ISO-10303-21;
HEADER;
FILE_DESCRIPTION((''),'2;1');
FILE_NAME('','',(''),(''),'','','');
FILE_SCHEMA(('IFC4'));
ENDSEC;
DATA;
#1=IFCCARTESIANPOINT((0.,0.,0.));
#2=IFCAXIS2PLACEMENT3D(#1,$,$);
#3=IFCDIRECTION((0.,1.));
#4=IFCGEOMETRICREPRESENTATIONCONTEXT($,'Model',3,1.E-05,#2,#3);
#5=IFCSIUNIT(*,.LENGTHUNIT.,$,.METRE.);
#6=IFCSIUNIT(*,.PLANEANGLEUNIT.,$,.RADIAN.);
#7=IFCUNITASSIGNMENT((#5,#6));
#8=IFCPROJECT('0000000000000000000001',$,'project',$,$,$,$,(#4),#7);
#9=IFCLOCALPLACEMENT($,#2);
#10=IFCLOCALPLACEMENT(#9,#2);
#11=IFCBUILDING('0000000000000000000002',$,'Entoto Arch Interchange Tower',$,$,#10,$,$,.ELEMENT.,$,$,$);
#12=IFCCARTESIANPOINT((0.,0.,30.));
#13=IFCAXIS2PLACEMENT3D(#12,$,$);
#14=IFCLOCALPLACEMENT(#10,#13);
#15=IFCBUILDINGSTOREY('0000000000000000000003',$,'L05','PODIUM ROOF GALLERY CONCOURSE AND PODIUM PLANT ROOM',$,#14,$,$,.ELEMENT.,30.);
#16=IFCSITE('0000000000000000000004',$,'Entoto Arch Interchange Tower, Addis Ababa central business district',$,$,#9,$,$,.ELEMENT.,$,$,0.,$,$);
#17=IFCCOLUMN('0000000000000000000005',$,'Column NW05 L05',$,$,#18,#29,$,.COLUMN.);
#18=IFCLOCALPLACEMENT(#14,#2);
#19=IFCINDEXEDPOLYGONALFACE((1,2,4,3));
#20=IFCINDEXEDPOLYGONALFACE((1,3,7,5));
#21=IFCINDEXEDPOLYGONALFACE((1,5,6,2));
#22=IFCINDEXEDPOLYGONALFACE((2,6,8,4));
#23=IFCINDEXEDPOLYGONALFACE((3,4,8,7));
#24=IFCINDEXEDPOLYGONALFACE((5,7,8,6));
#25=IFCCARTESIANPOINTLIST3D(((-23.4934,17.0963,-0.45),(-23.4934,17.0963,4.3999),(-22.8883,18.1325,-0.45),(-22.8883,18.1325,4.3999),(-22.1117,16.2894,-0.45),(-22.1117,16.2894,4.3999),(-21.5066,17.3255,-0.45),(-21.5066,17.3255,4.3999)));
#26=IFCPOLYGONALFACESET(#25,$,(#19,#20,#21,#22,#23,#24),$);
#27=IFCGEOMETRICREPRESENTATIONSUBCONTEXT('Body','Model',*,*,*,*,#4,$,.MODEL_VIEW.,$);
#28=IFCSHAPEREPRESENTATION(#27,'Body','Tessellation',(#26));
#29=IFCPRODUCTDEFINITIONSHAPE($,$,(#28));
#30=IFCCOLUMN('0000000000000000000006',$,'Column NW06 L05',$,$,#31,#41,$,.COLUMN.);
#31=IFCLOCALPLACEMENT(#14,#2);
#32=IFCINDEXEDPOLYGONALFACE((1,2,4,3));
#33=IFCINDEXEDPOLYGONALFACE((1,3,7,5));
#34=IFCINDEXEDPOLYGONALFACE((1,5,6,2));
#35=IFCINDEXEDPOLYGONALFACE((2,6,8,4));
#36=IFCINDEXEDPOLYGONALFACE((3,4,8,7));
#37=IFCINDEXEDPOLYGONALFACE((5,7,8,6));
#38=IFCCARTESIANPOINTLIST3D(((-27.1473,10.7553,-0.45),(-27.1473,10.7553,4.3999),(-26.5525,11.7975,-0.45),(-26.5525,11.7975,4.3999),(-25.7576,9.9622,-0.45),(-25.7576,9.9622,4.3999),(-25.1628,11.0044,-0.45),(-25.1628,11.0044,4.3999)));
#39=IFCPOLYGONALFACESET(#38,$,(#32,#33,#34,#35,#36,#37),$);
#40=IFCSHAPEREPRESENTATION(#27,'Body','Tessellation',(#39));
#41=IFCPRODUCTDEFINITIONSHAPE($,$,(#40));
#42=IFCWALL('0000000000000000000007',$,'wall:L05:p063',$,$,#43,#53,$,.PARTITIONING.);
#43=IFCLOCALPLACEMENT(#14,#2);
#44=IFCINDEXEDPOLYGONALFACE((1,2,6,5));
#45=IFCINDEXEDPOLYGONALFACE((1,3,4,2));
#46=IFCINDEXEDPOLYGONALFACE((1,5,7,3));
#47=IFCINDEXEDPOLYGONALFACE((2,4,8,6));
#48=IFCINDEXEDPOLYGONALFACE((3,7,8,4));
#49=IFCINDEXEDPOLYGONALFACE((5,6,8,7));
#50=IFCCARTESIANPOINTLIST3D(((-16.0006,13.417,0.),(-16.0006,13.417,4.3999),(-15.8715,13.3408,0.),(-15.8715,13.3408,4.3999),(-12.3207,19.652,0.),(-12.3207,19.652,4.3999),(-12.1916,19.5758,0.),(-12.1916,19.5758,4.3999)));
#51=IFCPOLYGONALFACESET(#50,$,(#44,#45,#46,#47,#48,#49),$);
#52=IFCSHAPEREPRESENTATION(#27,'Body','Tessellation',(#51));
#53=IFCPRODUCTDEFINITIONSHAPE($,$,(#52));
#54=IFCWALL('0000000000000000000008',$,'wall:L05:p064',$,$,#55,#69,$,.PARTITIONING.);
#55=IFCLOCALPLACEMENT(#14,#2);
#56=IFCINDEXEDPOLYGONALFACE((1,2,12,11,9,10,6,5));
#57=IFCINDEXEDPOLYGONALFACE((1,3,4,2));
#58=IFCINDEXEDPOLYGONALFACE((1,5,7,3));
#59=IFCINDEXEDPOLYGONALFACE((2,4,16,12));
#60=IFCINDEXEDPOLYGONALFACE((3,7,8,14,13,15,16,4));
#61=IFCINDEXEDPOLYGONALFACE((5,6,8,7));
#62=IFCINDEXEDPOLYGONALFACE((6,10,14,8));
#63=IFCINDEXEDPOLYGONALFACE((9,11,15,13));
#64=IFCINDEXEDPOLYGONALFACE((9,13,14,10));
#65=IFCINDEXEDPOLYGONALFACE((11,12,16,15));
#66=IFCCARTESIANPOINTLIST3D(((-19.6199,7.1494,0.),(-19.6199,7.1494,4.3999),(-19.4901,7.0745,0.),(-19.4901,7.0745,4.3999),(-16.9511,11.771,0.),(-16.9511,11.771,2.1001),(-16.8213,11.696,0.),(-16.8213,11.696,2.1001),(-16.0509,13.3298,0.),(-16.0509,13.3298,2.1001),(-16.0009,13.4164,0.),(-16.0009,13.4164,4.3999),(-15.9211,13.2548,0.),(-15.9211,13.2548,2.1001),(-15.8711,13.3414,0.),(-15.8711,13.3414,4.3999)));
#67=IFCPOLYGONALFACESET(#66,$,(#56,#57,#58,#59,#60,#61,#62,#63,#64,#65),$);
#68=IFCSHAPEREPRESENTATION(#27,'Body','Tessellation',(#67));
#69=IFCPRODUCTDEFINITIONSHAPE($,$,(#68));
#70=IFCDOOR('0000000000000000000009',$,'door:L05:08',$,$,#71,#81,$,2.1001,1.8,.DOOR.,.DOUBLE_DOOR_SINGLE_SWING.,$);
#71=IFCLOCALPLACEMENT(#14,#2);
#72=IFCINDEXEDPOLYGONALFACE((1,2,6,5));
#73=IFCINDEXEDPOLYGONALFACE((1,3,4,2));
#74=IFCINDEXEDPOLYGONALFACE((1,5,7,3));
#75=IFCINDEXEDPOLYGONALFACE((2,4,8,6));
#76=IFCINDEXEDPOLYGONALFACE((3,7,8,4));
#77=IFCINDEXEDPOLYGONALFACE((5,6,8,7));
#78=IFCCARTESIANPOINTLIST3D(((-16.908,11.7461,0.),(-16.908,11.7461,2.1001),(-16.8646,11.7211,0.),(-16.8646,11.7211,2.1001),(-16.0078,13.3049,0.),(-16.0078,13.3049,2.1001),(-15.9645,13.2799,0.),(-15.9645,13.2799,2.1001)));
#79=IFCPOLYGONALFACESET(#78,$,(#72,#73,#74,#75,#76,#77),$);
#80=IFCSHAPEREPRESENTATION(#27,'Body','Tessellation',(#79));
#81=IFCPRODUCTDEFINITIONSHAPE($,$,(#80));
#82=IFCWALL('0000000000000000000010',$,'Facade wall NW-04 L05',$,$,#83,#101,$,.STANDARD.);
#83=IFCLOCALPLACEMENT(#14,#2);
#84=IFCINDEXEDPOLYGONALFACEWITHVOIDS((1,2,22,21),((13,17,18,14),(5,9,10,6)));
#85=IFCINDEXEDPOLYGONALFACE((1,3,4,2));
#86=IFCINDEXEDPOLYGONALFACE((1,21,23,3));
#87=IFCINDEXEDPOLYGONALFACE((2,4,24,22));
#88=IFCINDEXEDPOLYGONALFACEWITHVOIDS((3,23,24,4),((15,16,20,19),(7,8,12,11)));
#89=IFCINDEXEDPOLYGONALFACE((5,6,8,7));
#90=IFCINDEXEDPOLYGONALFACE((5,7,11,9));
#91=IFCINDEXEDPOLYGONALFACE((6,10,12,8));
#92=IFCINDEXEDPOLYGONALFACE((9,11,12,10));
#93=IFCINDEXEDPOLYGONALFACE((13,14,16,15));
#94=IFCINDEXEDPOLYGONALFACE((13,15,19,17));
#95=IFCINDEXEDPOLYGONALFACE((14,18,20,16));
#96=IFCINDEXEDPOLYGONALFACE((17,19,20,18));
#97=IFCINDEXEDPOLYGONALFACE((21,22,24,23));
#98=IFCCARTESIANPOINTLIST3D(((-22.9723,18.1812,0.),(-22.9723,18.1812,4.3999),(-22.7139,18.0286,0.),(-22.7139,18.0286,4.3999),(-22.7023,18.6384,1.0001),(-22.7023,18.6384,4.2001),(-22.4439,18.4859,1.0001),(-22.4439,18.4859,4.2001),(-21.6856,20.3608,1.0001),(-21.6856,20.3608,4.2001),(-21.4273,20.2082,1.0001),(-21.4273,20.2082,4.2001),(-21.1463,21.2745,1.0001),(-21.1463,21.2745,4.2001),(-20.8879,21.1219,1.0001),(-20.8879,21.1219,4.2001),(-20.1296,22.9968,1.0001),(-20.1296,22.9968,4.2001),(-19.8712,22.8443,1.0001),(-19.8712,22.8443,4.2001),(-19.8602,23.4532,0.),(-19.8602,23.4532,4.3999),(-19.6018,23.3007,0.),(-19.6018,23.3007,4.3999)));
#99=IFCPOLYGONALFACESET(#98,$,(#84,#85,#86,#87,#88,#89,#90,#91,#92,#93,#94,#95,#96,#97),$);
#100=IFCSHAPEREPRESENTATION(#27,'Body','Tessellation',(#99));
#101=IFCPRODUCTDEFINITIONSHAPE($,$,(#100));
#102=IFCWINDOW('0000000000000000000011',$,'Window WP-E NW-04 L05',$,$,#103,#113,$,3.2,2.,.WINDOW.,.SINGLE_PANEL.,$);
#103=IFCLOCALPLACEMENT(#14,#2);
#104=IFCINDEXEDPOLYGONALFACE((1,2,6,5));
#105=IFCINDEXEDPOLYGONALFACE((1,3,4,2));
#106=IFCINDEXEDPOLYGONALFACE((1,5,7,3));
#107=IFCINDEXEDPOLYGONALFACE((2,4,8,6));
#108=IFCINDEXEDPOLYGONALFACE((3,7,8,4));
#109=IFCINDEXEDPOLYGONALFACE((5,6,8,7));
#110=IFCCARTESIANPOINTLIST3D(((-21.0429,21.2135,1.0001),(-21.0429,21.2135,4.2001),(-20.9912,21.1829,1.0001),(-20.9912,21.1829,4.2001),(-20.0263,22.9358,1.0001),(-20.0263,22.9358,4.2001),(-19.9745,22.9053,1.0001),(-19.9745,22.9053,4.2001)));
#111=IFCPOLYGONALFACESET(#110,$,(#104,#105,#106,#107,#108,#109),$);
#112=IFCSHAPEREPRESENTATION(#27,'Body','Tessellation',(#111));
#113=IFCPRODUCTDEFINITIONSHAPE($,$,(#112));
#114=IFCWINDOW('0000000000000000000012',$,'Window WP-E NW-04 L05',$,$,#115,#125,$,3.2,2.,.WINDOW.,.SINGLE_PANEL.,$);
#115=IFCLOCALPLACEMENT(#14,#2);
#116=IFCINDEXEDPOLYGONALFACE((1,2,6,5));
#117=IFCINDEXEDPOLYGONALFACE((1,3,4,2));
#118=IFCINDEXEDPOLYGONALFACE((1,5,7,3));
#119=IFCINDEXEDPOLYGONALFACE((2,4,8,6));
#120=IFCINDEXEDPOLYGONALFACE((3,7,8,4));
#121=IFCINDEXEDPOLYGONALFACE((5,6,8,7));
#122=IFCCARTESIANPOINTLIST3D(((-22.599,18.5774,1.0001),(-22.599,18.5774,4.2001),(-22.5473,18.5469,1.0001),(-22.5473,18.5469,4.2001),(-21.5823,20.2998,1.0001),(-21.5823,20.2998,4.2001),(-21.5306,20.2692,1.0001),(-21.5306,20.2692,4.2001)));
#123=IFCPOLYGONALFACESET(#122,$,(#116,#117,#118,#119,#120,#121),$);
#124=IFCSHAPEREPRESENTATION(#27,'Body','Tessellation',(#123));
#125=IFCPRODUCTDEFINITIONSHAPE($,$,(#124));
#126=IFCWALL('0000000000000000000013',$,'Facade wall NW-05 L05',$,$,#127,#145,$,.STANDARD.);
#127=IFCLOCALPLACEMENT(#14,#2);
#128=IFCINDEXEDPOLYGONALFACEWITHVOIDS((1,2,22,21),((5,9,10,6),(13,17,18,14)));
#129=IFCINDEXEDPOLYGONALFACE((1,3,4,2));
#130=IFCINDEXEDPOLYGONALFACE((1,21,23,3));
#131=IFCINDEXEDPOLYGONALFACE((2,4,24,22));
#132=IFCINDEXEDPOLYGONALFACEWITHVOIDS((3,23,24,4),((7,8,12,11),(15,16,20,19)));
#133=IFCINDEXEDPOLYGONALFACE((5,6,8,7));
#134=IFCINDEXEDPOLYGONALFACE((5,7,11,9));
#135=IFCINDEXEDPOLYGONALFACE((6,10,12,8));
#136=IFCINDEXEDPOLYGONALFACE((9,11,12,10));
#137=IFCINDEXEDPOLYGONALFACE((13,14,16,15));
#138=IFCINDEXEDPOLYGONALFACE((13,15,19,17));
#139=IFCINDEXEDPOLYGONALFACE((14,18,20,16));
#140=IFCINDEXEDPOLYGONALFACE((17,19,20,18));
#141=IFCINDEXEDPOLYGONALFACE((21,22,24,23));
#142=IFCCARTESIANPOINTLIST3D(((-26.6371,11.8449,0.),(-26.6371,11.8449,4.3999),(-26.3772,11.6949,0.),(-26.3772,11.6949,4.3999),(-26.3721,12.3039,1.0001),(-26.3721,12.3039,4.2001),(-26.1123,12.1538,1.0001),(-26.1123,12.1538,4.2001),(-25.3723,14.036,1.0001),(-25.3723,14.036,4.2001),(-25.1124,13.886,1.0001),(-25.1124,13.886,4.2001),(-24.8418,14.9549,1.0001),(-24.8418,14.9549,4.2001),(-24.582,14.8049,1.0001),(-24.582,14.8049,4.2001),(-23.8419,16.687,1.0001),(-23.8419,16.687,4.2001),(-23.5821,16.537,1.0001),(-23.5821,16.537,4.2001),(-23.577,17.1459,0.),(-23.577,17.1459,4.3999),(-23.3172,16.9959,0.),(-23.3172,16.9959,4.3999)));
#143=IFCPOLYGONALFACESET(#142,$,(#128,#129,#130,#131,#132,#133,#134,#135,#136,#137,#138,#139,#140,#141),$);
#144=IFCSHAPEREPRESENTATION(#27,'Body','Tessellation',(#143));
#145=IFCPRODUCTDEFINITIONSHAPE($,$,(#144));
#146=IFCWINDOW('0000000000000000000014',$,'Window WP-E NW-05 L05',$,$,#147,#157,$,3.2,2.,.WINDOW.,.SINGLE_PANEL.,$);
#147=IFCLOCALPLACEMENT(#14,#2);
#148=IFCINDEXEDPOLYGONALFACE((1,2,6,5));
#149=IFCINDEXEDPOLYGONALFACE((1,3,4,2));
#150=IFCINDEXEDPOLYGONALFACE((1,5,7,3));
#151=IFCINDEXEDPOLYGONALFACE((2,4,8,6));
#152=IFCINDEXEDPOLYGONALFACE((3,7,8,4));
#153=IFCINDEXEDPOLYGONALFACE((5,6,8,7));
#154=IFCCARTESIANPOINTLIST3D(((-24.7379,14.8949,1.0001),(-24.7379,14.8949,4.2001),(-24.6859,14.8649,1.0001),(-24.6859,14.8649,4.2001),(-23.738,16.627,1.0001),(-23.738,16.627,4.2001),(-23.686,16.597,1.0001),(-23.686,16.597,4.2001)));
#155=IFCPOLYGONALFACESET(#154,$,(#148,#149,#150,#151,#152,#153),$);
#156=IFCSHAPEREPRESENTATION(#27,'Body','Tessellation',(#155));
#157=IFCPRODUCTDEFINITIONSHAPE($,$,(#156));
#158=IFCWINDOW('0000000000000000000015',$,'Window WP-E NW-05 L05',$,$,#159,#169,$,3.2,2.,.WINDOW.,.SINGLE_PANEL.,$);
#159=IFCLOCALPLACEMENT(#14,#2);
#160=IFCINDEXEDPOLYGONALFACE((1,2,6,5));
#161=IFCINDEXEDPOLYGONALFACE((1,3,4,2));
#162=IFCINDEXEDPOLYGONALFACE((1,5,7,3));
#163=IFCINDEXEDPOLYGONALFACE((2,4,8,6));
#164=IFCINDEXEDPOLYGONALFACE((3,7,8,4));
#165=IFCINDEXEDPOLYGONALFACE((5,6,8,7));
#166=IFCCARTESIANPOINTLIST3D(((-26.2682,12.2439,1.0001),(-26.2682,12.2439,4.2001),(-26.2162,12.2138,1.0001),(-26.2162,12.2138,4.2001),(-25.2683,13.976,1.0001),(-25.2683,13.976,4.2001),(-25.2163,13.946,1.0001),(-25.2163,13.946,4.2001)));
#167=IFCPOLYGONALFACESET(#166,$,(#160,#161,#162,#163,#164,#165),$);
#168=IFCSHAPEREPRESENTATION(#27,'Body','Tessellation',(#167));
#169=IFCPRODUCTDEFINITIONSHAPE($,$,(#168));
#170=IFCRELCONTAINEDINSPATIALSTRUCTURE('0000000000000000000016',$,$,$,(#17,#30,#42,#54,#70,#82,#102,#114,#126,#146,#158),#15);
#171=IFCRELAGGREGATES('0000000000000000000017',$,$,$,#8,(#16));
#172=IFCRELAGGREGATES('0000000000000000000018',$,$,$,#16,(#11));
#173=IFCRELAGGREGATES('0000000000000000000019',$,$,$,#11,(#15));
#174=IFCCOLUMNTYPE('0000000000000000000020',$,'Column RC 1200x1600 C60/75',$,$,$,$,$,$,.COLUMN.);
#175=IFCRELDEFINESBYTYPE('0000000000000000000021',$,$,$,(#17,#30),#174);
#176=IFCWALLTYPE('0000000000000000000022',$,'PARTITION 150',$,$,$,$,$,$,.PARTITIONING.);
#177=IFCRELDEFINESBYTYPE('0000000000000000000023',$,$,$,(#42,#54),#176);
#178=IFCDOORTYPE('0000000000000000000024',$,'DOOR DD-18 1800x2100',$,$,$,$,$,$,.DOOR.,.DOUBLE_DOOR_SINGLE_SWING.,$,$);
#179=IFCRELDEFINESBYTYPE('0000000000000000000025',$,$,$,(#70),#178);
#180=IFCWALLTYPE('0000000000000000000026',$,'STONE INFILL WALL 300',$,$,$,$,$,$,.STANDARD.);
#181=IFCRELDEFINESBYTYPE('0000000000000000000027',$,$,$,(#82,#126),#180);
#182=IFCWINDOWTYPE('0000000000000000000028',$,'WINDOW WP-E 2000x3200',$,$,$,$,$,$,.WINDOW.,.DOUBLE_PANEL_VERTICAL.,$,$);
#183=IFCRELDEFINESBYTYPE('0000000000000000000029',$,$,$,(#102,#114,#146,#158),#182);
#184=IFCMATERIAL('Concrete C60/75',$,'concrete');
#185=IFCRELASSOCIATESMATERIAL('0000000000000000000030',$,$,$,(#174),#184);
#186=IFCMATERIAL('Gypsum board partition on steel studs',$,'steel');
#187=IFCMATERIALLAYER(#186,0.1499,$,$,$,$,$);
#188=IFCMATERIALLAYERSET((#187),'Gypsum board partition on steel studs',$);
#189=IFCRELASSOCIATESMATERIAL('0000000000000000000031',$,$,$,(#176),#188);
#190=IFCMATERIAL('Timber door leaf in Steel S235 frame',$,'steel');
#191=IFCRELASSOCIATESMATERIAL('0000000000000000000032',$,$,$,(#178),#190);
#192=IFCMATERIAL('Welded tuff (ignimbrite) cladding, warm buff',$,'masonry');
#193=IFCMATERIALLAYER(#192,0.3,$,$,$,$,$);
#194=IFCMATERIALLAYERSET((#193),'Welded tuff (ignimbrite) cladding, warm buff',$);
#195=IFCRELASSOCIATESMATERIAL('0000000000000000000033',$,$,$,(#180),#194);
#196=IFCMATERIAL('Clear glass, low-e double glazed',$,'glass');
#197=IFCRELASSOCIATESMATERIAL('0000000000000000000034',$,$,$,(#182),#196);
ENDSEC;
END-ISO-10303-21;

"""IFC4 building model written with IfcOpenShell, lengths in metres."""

from ifc_helpers import new_model, si_unit, direction, frame, frame_2d, origin, origin_2d, place, context, subcontext, project, spatial, rectangle, extrude, material, layer, layer_set, material_profile, profile_set, type_object, element, fill, save


model = new_model("IFC4")

# Units and contexts
model_context = context("Model", 3, precision=1e-05, world=origin(), true_north=direction((0.0, 1.0)))
body_context = subcontext(model_context, "Body", "Model", "MODEL_VIEW")
ifc_project = project(units=[si_unit("LENGTHUNIT", "METRE"), si_unit("PLANEANGLEUNIT", "RADIAN")], contexts=[model_context])

# Site, building, storey
site_placement = place(None, origin())
site = spatial("IfcSite", under=ifc_project, at=site_placement, Name="Entoto Arch Interchange Tower, Addis Ababa central business district", CompositionType="ELEMENT", RefElevation=0.0)
building_placement = place(site_placement, origin())
building = spatial("IfcBuilding", under=site, at=building_placement, Name="Entoto Arch Interchange Tower", CompositionType="ELEMENT")
storey_placement = place(building_placement, frame((0.0, 0.0, 30.0)))
storey = spatial("IfcBuildingStorey", under=building, at=storey_placement, Name="L05", Description="PODIUM ROOF GALLERY CONCOURSE AND PODIUM PLANT ROOM", CompositionType="ELEMENT", Elevation=30.0)

# Columns
ifc_material_1 = material(Name="Concrete C60/75", Category="concrete")
ifc_material_profile = material_profile(ifc_material_1, rectangle(XDim=1.2, YDim=1.6001, at=origin_2d()))
ifc_profile_set = profile_set([ifc_material_profile], Name="Concrete C60/75")
column_type = type_object("IfcColumnType", Name="Column RC 1200x1600 C60/75", PredefinedType="COLUMN", material=ifc_profile_set)
for number, where, z_axis, x_axis, name in (
    (1, (-22.5, 17.2109, -0.45), (0.0, 0.0, 1.0), (0.504332, 0.86351, 0.0), "Column NW05 L05"),
    (2, (-26.155, 10.8799, -0.45), (0.0, 0.0, 1.0), (0.495656, 0.868519, 0.0), "Column NW06 L05"),
):
    element("IfcColumn", number, at=place(storey_placement, frame(where, z_axis=z_axis, x_axis=x_axis)), inside=storey, type_object=column_type, Name=name, PredefinedType="COLUMN", context=body_context, shape_type="SweptSolid", body=[
        extrude(rectangle(XDim=1.2, YDim=1.6001, at=origin_2d()), origin(), (0.0, 0.0, 1.0), 4.8499),
    ])

# Wall
ifc_material_2 = material(Name="Gypsum board partition on steel studs", Category="steel")
ifc_layer_1 = layer(ifc_material_2, 0.1499)
ifc_layer_set_1 = layer_set([ifc_layer_1], Name="Gypsum board partition on steel studs")
wall_type_1 = type_object("IfcWallType", Name="PARTITION 150", PredefinedType="PARTITIONING", material=ifc_layer_set_1)
wall_1_placement = place(storey_placement, frame((-12.2561, 19.614, 0.0), z_axis=(0.0, 0.0, 1.0), x_axis=(-0.508274, -0.861196, 0.0)))
element("IfcWall", 3, at=wall_1_placement, inside=storey, type_object=wall_type_1, Name="wall:L05:p063", PredefinedType="PARTITIONING", context=body_context, shape_type="SweptSolid", body=[
    extrude(rectangle(XDim=7.24, YDim=0.1499, at=frame_2d((3.6201, 0.0))), origin(), (0.0, 0.0, 1.0), 4.3999),
])

# Wall, opening, door
wall_2_placement = place(storey_placement, frame((-15.936, 13.3789, 0.0), z_axis=(0.0, 0.0, 1.0), x_axis=(-0.500076, -0.865982, 0.0)))
wall_2 = element("IfcWall", 4, at=wall_2_placement, inside=storey, type_object=wall_type_1, Name="wall:L05:p064", PredefinedType="PARTITIONING", context=body_context, shape_type="SweptSolid", body=[
    extrude(rectangle(XDim=7.2368, YDim=0.1499, at=frame_2d((3.6184, 0.0))), origin(), (0.0, 0.0, 1.0), 4.3999),
])
opening_1_placement = place(wall_2_placement, frame((0.1001, 0.0, 0.0)))
opening_1 = element("IfcOpeningElement", 5, at=opening_1_placement, cuts=wall_2, PredefinedType="OPENING", context=body_context, shape_type="SweptSolid", body=[
    extrude(rectangle(XDim=1.8, YDim=2.1001, at=frame_2d((0.8999, 1.05))), frame((0.0, 0.085, 0.0), z_axis=(0.0, -1.0, 0.0), x_axis=(1.0, 0.0, 0.0)), (0.0, 0.0, 1.0), 0.1699),
])
ifc_material_3 = material(Name="Timber door leaf in Steel S235 frame", Category="steel")
door_type = type_object("IfcDoorType", Name="DOOR DD-18 1800x2100", OperationType="DOUBLE_DOOR_SINGLE_SWING", PredefinedType="DOOR", material=ifc_material_3)
door_placement = place(opening_1_placement, origin())
door = element("IfcDoor", 6, at=door_placement, inside=storey, type_object=door_type, Name="door:L05:08", OperationType="DOUBLE_DOOR_SINGLE_SWING", OverallHeight=2.1001, OverallWidth=1.8, PredefinedType="DOOR", context=body_context, shape_type="SweptSolid", body=[
    extrude(rectangle(XDim=1.8, YDim=2.1001, at=frame_2d((0.8999, 1.05))), frame((0.0, 0.0249, 0.0), z_axis=(0.0, -1.0, 0.0), x_axis=(1.0, 0.0, 0.0)), (0.0, 0.0, 1.0), 0.05),
])
fill(opening_1, door)

# Walls, openings, windows
ifc_material_4 = material(Name="Welded tuff (ignimbrite) cladding, warm buff", Category="masonry")
ifc_layer_2 = layer(ifc_material_4, 0.3)
ifc_layer_set_2 = layer_set([ifc_layer_2], Name="Welded tuff (ignimbrite) cladding, warm buff")
wall_type_2 = type_object("IfcWallType", Name="STONE INFILL WALL 300", PredefinedType="STANDARD", material=ifc_layer_set_2)
wall_3_placement = place(storey_placement, frame((-19.731, 23.377, 0.0), z_axis=(0.0, 0.0, 1.0), x_axis=(-0.508342, -0.861155, 0.0)))
wall_3 = element("IfcWall", 7, at=wall_3_placement, inside=storey, type_object=wall_type_2, Name="Facade wall NW-04 L05", PredefinedType="STANDARD", context=body_context, shape_type="SweptSolid", body=[
    extrude(rectangle(XDim=6.1221, YDim=0.3, at=frame_2d((3.061, 0.0))), origin(), (0.0, 0.0, 1.0), 4.3999),
])
opening_2_placement = place(wall_3_placement, frame((0.53, 0.0, 1.0)))
opening_2 = element("IfcOpeningElement", 8, at=opening_2_placement, cuts=wall_3, PredefinedType="OPENING", context=body_context, shape_type="SweptSolid", body=[
    extrude(rectangle(XDim=2.0, YDim=3.2, at=frame_2d((1.0, 1.6001))), frame((0.0, 0.1602, 0.0), z_axis=(0.0, -1.0, 0.0), x_axis=(1.0, 0.0, 0.0)), (0.0, 0.0, 1.0), 0.3201),
])
opening_3_placement = place(wall_3_placement, frame((3.5911, 0.0, 1.0)))
opening_3 = element("IfcOpeningElement", 9, at=opening_3_placement, cuts=wall_3, PredefinedType="OPENING", context=body_context, shape_type="SweptSolid", body=[
    extrude(rectangle(XDim=2.0, YDim=3.2, at=frame_2d((1.0, 1.6001))), frame((0.0, 0.1602, 0.0), z_axis=(0.0, -1.0, 0.0), x_axis=(1.0, 0.0, 0.0)), (0.0, 0.0, 1.0), 0.3201),
])
ifc_material_5 = material(Name="Clear glass, low-e double glazed", Category="glass")
window_type = type_object("IfcWindowType", Name="WINDOW WP-E 2000x3200", PartitioningType="DOUBLE_PANEL_VERTICAL", PredefinedType="WINDOW", material=ifc_material_5)
window_1_placement = place(opening_2_placement, origin())
window_1 = element("IfcWindow", 10, at=window_1_placement, inside=storey, type_object=window_type, Name="Window WP-E NW-04 L05", OverallHeight=3.2, OverallWidth=2.0, PartitioningType="SINGLE_PANEL", PredefinedType="WINDOW", context=body_context, shape_type="SweptSolid", body=[
    extrude(rectangle(XDim=2.0, YDim=3.2, at=frame_2d((1.0, 1.6001))), frame((0.0, 0.03, 0.0), z_axis=(0.0, -1.0, 0.0), x_axis=(1.0, 0.0, 0.0)), (0.0, 0.0, 1.0), 0.0601),
])
fill(opening_2, window_1)
window_2_placement = place(opening_3_placement, origin())
window_2 = element("IfcWindow", 11, at=window_2_placement, inside=storey, type_object=window_type, Name="Window WP-E NW-04 L05", OverallHeight=3.2, OverallWidth=2.0, PartitioningType="SINGLE_PANEL", PredefinedType="WINDOW", context=body_context, shape_type="SweptSolid", body=[
    extrude(rectangle(XDim=2.0, YDim=3.2, at=frame_2d((1.0, 1.6001))), frame((0.0, 0.03, 0.0), z_axis=(0.0, -1.0, 0.0), x_axis=(1.0, 0.0, 0.0)), (0.0, 0.0, 1.0), 0.0601),
])
fill(opening_3, window_2)
wall_4_placement = place(storey_placement, frame((-23.447, 17.071, 0.0), z_axis=(0.0, 0.0, 1.0), x_axis=(-0.49994, -0.86606, 0.0)))
wall_4 = element("IfcWall", 12, at=wall_4_placement, inside=storey, type_object=wall_type_2, Name="Facade wall NW-05 L05", PredefinedType="STANDARD", context=body_context, shape_type="SweptSolid", body=[
    extrude(rectangle(XDim=6.1208, YDim=0.3, at=frame_2d((3.0605, 0.0))), origin(), (0.0, 0.0, 1.0), 4.3999),
])
opening_4_placement = place(wall_4_placement, frame((0.53, 0.0, 1.0)))
opening_4 = element("IfcOpeningElement", 13, at=opening_4_placement, cuts=wall_4, PredefinedType="OPENING", context=body_context, shape_type="SweptSolid", body=[
    extrude(rectangle(XDim=2.0, YDim=3.2, at=frame_2d((1.0, 1.6001))), frame((0.0, 0.1602, 0.0), z_axis=(0.0, -1.0, 0.0), x_axis=(1.0, 0.0, 0.0)), (0.0, 0.0, 1.0), 0.3201),
])
opening_5_placement = place(wall_4_placement, frame((3.5911, 0.0, 1.0)))
opening_5 = element("IfcOpeningElement", 14, at=opening_5_placement, cuts=wall_4, PredefinedType="OPENING", context=body_context, shape_type="SweptSolid", body=[
    extrude(rectangle(XDim=2.0, YDim=3.2, at=frame_2d((1.0, 1.6001))), frame((0.0, 0.1602, 0.0), z_axis=(0.0, -1.0, 0.0), x_axis=(1.0, 0.0, 0.0)), (0.0, 0.0, 1.0), 0.3201),
])
window_3_placement = place(opening_4_placement, origin())
window_3 = element("IfcWindow", 15, at=window_3_placement, inside=storey, type_object=window_type, Name="Window WP-E NW-05 L05", OverallHeight=3.2, OverallWidth=2.0, PartitioningType="SINGLE_PANEL", PredefinedType="WINDOW", context=body_context, shape_type="SweptSolid", body=[
    extrude(rectangle(XDim=2.0, YDim=3.2, at=frame_2d((1.0, 1.6001))), frame((0.0, 0.03, 0.0), z_axis=(0.0, -1.0, 0.0), x_axis=(1.0, 0.0, 0.0)), (0.0, 0.0, 1.0), 0.0601),
])
fill(opening_4, window_3)
window_4_placement = place(opening_5_placement, origin())
window_4 = element("IfcWindow", 16, at=window_4_placement, inside=storey, type_object=window_type, Name="Window WP-E NW-05 L05", OverallHeight=3.2, OverallWidth=2.0, PartitioningType="SINGLE_PANEL", PredefinedType="WINDOW", context=body_context, shape_type="SweptSolid", body=[
    extrude(rectangle(XDim=2.0, YDim=3.2, at=frame_2d((1.0, 1.6001))), frame((0.0, 0.03, 0.0), z_axis=(0.0, -1.0, 0.0), x_axis=(1.0, 0.0, 0.0)), (0.0, 0.0, 1.0), 0.0601),
])
fill(opening_5, window_4)

save(model, "model.ifc")
